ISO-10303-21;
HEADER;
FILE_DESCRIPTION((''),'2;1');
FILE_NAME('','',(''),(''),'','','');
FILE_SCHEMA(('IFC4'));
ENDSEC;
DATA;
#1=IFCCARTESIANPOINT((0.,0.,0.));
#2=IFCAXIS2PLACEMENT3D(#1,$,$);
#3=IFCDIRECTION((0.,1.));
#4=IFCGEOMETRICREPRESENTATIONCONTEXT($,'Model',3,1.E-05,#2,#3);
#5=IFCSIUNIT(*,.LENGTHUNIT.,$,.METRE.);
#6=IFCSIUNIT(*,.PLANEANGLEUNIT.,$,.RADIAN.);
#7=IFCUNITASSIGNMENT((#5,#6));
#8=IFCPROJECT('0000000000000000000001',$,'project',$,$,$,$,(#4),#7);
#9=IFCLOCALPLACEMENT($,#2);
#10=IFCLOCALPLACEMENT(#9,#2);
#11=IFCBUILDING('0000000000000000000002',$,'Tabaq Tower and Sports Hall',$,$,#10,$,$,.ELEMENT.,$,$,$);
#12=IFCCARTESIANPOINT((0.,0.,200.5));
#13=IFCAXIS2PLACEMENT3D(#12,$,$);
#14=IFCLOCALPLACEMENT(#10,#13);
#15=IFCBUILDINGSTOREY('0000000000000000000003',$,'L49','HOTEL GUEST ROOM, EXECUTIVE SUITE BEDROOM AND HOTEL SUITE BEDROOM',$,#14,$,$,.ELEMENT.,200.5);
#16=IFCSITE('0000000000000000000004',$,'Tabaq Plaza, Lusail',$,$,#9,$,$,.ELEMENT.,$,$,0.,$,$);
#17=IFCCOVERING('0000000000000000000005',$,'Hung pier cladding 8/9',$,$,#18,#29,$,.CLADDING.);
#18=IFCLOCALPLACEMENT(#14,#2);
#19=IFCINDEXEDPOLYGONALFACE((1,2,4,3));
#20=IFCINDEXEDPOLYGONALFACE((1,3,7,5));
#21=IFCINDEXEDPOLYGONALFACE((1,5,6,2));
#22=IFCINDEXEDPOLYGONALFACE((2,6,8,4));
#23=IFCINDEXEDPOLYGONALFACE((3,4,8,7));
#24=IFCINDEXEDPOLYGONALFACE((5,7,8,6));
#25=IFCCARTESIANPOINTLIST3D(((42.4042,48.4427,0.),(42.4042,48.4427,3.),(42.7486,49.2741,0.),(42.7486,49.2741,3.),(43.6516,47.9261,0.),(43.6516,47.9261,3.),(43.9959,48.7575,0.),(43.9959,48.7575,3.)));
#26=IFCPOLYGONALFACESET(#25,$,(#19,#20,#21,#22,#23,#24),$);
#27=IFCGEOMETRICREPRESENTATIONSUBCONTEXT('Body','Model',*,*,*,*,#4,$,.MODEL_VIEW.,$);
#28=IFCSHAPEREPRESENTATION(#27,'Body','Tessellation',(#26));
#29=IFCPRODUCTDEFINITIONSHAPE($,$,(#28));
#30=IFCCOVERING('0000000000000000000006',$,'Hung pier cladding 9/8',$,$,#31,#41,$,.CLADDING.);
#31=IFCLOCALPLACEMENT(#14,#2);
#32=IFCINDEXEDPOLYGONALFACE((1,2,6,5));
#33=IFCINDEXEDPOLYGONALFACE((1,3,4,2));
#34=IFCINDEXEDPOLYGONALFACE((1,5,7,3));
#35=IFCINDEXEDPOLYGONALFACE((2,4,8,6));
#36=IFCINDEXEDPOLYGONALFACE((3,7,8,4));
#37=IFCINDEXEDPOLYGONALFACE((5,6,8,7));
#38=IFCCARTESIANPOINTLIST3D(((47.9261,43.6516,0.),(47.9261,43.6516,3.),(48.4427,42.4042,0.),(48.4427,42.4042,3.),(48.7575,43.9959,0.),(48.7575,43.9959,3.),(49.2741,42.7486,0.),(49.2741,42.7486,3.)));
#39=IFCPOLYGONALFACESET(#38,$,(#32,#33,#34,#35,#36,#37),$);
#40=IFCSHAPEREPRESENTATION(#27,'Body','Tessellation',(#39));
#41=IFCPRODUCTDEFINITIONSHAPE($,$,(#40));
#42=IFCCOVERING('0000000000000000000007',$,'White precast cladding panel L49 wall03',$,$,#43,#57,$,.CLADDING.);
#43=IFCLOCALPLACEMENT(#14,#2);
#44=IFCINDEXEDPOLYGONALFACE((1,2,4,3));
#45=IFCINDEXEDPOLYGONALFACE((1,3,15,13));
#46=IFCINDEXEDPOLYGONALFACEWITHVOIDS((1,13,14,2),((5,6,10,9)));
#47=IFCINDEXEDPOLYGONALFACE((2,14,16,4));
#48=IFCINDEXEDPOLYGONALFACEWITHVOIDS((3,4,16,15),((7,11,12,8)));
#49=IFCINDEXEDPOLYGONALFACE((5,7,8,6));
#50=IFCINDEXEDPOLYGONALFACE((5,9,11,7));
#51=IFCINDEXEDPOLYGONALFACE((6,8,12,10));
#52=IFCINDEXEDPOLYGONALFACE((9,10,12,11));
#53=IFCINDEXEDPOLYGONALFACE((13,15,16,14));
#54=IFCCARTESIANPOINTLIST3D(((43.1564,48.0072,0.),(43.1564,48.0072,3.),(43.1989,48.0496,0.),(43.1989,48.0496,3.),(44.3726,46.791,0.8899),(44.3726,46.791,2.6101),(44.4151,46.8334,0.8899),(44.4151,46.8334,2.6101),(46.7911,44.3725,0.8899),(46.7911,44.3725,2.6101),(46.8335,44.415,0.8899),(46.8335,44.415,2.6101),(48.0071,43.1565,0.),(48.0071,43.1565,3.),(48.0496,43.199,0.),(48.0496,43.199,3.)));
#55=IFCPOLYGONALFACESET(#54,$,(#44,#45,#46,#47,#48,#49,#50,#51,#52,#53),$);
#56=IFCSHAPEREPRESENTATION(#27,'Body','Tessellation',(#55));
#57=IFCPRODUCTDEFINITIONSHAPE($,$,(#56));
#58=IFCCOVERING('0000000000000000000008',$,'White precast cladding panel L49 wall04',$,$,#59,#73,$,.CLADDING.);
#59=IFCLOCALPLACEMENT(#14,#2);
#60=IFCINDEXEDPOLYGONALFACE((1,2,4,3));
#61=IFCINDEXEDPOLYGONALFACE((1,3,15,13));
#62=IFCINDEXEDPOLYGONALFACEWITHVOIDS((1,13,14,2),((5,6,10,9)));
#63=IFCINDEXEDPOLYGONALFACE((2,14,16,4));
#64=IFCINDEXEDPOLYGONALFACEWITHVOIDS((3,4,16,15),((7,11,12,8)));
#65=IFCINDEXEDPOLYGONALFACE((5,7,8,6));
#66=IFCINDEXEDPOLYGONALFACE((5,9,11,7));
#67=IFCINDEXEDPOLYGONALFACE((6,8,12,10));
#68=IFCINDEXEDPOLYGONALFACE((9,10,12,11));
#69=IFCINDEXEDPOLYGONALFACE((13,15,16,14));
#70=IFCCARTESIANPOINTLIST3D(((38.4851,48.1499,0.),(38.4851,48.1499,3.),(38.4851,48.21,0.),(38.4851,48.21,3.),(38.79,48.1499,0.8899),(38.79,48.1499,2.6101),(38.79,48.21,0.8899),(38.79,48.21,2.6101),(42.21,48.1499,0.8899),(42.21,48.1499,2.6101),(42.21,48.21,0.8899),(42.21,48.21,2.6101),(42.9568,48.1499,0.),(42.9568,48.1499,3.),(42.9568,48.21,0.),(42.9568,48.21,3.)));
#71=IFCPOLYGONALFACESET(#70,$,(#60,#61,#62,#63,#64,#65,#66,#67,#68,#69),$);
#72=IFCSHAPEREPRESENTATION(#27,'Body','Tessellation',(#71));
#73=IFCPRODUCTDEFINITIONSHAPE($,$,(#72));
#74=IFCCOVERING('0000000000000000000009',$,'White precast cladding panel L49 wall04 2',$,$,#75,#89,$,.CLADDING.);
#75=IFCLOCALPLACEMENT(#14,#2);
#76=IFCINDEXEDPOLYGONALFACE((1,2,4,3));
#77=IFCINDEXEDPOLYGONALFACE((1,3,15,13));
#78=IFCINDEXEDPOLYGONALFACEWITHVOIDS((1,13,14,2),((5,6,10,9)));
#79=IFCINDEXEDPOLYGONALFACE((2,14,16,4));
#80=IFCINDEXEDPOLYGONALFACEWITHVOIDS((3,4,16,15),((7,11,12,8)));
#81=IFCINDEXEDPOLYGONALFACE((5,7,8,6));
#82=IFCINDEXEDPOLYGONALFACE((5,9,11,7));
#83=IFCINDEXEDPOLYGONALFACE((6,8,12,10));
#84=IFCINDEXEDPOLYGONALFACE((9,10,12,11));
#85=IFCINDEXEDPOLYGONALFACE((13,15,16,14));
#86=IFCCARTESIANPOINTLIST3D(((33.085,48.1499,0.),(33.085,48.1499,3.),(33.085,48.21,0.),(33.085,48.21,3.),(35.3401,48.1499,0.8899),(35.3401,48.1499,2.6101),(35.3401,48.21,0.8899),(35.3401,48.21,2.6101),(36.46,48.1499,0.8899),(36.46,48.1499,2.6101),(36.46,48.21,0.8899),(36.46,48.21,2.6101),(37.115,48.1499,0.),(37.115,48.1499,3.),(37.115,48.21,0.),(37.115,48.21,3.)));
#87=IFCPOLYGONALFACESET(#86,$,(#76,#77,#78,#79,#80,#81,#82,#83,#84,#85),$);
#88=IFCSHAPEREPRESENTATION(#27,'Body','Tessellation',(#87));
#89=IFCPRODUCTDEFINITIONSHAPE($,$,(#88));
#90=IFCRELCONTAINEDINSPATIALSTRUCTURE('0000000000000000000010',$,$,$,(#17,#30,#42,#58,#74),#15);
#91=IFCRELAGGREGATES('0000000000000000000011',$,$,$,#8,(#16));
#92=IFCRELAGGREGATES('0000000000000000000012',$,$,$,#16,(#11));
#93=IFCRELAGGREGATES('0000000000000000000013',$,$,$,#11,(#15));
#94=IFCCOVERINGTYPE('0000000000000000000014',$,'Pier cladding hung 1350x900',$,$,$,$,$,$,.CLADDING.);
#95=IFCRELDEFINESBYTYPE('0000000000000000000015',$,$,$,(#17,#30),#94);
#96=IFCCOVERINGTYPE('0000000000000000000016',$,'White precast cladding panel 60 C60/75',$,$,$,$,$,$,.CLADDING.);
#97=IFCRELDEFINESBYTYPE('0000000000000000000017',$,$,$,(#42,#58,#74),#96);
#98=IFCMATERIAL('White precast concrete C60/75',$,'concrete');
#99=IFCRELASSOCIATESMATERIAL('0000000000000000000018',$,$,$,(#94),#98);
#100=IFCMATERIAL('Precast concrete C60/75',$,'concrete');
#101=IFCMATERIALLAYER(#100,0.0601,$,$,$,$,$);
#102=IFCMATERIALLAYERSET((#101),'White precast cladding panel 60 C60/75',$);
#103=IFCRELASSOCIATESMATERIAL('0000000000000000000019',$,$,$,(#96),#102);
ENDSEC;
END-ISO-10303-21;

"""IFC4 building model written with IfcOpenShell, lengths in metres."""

from ifc_helpers import new_model, si_unit, direction, frame, frame_2d, origin, place, context, subcontext, project, spatial, polyline, rectangle, outline, extrude, material, layer, layer_set, type_object, element, save


model = new_model("IFC4")

# Units and contexts
model_context = context("Model", 3, precision=1e-05, world=origin(), true_north=direction((0.0, 1.0)))
body_context = subcontext(model_context, "Body", "Model", "MODEL_VIEW")
ifc_project = project(units=[si_unit("LENGTHUNIT", "METRE"), si_unit("PLANEANGLEUNIT", "RADIAN")], contexts=[model_context])

# Site, building, storey
site_placement = place(None, origin())
site = spatial("IfcSite", under=ifc_project, at=site_placement, Name="Tabaq Plaza, Lusail", CompositionType="ELEMENT", RefElevation=0.0)
building_placement = place(site_placement, origin())
building = spatial("IfcBuilding", under=site, at=building_placement, Name="Tabaq Tower and Sports Hall", CompositionType="ELEMENT")
storey_placement = place(building_placement, frame((0.0, 0.0, 200.5)))
storey = spatial("IfcBuildingStorey", under=building, at=storey_placement, Name="L49", Description="HOTEL GUEST ROOM, EXECUTIVE SUITE BEDROOM AND HOTEL SUITE BEDROOM", CompositionType="ELEMENT", Elevation=200.5)

# Coverings
ifc_material_1 = material(Name="White precast concrete C60/75", Category="concrete")
covering_type_1 = type_object("IfcCoveringType", Name="Pier cladding hung 1350x900", PredefinedType="CLADDING", material=ifc_material_1)
for number, where, z_axis, x_axis, name in (
    (1, (43.8237, 48.3418, 0.0), (0.0, 0.0, 1.0), (-0.923893, 0.38265, 0.0), "Hung pier cladding 8/9"),
    (2, (48.8584, 42.5764, 0.0), (0.0, 0.0, 1.0), (-0.38265, 0.923893, 0.0), "Hung pier cladding 9/8"),
):
    element("IfcCovering", number, at=place(storey_placement, frame(where, z_axis=z_axis, x_axis=x_axis)), inside=storey, type_object=covering_type_1, Name=name, PredefinedType="CLADDING", context=body_context, shape_type="SweptSolid", body=[
        extrude(rectangle(XDim=1.3501, YDim=0.8999, at=frame_2d((0.675, 0.0))), origin(), (0.0, 0.0, 1.0), 3.0),
    ])
ifc_material_2 = material(Name="Precast concrete C60/75", Category="concrete")
ifc_layer_1 = layer(ifc_material_2, 0.0601)
ifc_layer_set_1 = layer_set([ifc_layer_1], Name="White precast cladding panel 60 C60/75")
covering_type_2 = type_object("IfcCoveringType", Name="White precast cladding panel 60 C60/75", PredefinedType="CLADDING", material=ifc_layer_set_1)
covering_1_placement = place(storey_placement, frame((48.0283, 43.1777, 0.0), z_axis=(0.0, 0.0, 1.0), x_axis=(-0.707107, 0.707107, 0.0)))
element("IfcCovering", 3, at=covering_1_placement, inside=storey, type_object=covering_type_2, Name="White precast cladding panel L49 wall03", PredefinedType="CLADDING", context=body_context, shape_type="SweptSolid", body=[
    extrude(outline(polyline([(0.0, 0.0), (6.8599, 0.0), (6.8599, 3.0), (0.0, 3.0), (0.0, 0.0)]), holes=[polyline([(1.7197, 0.8899), (1.7197, 2.6101), (5.1399, 2.6101), (5.1399, 0.8899), (1.7197, 0.8899)])]), frame((0.0, 0.03, 0.0), z_axis=(0.0, -1.0, 0.0), x_axis=(1.0, 0.0, 0.0)), (0.0, 0.0, 1.0), 0.0601),
])
covering_2_placement = place(storey_placement, frame((42.9568, 48.1799, 0.0), z_axis=(0.0, 0.0, 1.0), x_axis=(-1.0, 0.0, 0.0)))
element("IfcCovering", 4, at=covering_2_placement, inside=storey, type_object=covering_type_2, Name="White precast cladding panel L49 wall04", PredefinedType="CLADDING", context=body_context, shape_type="SweptSolid", body=[
    extrude(outline(polyline([(0.0, 0.0), (4.4717, 0.0), (4.4717, 3.0), (0.0, 3.0), (0.0, 0.0)]), holes=[polyline([(0.7468, 0.8899), (0.7468, 2.6101), (4.1667, 2.6101), (4.1667, 0.8899), (0.7468, 0.8899)])]), frame((0.0, 0.03, 0.0), z_axis=(0.0, -1.0, 0.0), x_axis=(1.0, 0.0, 0.0)), (0.0, 0.0, 1.0), 0.0601),
])
covering_3_placement = place(storey_placement, frame((37.115, 48.1799, 0.0), z_axis=(0.0, 0.0, 1.0), x_axis=(-1.0, 0.0, 0.0)))
element("IfcCovering", 5, at=covering_3_placement, inside=storey, type_object=covering_type_2, Name="White precast cladding panel L49 wall04 2", PredefinedType="CLADDING", context=body_context, shape_type="SweptSolid", body=[
    extrude(outline(polyline([(0.0, 0.0), (4.03, 0.0), (4.03, 3.0), (0.0, 3.0), (0.0, 0.0)]), holes=[polyline([(0.655, 0.8899), (0.655, 2.6101), (1.7749, 2.6101), (1.7749, 0.8899), (0.655, 0.8899)])]), frame((0.0, 0.03, 0.0), z_axis=(0.0, -1.0, 0.0), x_axis=(1.0, 0.0, 0.0)), (0.0, 0.0, 1.0), 0.0601),
])

save(model, "model.ifc")
